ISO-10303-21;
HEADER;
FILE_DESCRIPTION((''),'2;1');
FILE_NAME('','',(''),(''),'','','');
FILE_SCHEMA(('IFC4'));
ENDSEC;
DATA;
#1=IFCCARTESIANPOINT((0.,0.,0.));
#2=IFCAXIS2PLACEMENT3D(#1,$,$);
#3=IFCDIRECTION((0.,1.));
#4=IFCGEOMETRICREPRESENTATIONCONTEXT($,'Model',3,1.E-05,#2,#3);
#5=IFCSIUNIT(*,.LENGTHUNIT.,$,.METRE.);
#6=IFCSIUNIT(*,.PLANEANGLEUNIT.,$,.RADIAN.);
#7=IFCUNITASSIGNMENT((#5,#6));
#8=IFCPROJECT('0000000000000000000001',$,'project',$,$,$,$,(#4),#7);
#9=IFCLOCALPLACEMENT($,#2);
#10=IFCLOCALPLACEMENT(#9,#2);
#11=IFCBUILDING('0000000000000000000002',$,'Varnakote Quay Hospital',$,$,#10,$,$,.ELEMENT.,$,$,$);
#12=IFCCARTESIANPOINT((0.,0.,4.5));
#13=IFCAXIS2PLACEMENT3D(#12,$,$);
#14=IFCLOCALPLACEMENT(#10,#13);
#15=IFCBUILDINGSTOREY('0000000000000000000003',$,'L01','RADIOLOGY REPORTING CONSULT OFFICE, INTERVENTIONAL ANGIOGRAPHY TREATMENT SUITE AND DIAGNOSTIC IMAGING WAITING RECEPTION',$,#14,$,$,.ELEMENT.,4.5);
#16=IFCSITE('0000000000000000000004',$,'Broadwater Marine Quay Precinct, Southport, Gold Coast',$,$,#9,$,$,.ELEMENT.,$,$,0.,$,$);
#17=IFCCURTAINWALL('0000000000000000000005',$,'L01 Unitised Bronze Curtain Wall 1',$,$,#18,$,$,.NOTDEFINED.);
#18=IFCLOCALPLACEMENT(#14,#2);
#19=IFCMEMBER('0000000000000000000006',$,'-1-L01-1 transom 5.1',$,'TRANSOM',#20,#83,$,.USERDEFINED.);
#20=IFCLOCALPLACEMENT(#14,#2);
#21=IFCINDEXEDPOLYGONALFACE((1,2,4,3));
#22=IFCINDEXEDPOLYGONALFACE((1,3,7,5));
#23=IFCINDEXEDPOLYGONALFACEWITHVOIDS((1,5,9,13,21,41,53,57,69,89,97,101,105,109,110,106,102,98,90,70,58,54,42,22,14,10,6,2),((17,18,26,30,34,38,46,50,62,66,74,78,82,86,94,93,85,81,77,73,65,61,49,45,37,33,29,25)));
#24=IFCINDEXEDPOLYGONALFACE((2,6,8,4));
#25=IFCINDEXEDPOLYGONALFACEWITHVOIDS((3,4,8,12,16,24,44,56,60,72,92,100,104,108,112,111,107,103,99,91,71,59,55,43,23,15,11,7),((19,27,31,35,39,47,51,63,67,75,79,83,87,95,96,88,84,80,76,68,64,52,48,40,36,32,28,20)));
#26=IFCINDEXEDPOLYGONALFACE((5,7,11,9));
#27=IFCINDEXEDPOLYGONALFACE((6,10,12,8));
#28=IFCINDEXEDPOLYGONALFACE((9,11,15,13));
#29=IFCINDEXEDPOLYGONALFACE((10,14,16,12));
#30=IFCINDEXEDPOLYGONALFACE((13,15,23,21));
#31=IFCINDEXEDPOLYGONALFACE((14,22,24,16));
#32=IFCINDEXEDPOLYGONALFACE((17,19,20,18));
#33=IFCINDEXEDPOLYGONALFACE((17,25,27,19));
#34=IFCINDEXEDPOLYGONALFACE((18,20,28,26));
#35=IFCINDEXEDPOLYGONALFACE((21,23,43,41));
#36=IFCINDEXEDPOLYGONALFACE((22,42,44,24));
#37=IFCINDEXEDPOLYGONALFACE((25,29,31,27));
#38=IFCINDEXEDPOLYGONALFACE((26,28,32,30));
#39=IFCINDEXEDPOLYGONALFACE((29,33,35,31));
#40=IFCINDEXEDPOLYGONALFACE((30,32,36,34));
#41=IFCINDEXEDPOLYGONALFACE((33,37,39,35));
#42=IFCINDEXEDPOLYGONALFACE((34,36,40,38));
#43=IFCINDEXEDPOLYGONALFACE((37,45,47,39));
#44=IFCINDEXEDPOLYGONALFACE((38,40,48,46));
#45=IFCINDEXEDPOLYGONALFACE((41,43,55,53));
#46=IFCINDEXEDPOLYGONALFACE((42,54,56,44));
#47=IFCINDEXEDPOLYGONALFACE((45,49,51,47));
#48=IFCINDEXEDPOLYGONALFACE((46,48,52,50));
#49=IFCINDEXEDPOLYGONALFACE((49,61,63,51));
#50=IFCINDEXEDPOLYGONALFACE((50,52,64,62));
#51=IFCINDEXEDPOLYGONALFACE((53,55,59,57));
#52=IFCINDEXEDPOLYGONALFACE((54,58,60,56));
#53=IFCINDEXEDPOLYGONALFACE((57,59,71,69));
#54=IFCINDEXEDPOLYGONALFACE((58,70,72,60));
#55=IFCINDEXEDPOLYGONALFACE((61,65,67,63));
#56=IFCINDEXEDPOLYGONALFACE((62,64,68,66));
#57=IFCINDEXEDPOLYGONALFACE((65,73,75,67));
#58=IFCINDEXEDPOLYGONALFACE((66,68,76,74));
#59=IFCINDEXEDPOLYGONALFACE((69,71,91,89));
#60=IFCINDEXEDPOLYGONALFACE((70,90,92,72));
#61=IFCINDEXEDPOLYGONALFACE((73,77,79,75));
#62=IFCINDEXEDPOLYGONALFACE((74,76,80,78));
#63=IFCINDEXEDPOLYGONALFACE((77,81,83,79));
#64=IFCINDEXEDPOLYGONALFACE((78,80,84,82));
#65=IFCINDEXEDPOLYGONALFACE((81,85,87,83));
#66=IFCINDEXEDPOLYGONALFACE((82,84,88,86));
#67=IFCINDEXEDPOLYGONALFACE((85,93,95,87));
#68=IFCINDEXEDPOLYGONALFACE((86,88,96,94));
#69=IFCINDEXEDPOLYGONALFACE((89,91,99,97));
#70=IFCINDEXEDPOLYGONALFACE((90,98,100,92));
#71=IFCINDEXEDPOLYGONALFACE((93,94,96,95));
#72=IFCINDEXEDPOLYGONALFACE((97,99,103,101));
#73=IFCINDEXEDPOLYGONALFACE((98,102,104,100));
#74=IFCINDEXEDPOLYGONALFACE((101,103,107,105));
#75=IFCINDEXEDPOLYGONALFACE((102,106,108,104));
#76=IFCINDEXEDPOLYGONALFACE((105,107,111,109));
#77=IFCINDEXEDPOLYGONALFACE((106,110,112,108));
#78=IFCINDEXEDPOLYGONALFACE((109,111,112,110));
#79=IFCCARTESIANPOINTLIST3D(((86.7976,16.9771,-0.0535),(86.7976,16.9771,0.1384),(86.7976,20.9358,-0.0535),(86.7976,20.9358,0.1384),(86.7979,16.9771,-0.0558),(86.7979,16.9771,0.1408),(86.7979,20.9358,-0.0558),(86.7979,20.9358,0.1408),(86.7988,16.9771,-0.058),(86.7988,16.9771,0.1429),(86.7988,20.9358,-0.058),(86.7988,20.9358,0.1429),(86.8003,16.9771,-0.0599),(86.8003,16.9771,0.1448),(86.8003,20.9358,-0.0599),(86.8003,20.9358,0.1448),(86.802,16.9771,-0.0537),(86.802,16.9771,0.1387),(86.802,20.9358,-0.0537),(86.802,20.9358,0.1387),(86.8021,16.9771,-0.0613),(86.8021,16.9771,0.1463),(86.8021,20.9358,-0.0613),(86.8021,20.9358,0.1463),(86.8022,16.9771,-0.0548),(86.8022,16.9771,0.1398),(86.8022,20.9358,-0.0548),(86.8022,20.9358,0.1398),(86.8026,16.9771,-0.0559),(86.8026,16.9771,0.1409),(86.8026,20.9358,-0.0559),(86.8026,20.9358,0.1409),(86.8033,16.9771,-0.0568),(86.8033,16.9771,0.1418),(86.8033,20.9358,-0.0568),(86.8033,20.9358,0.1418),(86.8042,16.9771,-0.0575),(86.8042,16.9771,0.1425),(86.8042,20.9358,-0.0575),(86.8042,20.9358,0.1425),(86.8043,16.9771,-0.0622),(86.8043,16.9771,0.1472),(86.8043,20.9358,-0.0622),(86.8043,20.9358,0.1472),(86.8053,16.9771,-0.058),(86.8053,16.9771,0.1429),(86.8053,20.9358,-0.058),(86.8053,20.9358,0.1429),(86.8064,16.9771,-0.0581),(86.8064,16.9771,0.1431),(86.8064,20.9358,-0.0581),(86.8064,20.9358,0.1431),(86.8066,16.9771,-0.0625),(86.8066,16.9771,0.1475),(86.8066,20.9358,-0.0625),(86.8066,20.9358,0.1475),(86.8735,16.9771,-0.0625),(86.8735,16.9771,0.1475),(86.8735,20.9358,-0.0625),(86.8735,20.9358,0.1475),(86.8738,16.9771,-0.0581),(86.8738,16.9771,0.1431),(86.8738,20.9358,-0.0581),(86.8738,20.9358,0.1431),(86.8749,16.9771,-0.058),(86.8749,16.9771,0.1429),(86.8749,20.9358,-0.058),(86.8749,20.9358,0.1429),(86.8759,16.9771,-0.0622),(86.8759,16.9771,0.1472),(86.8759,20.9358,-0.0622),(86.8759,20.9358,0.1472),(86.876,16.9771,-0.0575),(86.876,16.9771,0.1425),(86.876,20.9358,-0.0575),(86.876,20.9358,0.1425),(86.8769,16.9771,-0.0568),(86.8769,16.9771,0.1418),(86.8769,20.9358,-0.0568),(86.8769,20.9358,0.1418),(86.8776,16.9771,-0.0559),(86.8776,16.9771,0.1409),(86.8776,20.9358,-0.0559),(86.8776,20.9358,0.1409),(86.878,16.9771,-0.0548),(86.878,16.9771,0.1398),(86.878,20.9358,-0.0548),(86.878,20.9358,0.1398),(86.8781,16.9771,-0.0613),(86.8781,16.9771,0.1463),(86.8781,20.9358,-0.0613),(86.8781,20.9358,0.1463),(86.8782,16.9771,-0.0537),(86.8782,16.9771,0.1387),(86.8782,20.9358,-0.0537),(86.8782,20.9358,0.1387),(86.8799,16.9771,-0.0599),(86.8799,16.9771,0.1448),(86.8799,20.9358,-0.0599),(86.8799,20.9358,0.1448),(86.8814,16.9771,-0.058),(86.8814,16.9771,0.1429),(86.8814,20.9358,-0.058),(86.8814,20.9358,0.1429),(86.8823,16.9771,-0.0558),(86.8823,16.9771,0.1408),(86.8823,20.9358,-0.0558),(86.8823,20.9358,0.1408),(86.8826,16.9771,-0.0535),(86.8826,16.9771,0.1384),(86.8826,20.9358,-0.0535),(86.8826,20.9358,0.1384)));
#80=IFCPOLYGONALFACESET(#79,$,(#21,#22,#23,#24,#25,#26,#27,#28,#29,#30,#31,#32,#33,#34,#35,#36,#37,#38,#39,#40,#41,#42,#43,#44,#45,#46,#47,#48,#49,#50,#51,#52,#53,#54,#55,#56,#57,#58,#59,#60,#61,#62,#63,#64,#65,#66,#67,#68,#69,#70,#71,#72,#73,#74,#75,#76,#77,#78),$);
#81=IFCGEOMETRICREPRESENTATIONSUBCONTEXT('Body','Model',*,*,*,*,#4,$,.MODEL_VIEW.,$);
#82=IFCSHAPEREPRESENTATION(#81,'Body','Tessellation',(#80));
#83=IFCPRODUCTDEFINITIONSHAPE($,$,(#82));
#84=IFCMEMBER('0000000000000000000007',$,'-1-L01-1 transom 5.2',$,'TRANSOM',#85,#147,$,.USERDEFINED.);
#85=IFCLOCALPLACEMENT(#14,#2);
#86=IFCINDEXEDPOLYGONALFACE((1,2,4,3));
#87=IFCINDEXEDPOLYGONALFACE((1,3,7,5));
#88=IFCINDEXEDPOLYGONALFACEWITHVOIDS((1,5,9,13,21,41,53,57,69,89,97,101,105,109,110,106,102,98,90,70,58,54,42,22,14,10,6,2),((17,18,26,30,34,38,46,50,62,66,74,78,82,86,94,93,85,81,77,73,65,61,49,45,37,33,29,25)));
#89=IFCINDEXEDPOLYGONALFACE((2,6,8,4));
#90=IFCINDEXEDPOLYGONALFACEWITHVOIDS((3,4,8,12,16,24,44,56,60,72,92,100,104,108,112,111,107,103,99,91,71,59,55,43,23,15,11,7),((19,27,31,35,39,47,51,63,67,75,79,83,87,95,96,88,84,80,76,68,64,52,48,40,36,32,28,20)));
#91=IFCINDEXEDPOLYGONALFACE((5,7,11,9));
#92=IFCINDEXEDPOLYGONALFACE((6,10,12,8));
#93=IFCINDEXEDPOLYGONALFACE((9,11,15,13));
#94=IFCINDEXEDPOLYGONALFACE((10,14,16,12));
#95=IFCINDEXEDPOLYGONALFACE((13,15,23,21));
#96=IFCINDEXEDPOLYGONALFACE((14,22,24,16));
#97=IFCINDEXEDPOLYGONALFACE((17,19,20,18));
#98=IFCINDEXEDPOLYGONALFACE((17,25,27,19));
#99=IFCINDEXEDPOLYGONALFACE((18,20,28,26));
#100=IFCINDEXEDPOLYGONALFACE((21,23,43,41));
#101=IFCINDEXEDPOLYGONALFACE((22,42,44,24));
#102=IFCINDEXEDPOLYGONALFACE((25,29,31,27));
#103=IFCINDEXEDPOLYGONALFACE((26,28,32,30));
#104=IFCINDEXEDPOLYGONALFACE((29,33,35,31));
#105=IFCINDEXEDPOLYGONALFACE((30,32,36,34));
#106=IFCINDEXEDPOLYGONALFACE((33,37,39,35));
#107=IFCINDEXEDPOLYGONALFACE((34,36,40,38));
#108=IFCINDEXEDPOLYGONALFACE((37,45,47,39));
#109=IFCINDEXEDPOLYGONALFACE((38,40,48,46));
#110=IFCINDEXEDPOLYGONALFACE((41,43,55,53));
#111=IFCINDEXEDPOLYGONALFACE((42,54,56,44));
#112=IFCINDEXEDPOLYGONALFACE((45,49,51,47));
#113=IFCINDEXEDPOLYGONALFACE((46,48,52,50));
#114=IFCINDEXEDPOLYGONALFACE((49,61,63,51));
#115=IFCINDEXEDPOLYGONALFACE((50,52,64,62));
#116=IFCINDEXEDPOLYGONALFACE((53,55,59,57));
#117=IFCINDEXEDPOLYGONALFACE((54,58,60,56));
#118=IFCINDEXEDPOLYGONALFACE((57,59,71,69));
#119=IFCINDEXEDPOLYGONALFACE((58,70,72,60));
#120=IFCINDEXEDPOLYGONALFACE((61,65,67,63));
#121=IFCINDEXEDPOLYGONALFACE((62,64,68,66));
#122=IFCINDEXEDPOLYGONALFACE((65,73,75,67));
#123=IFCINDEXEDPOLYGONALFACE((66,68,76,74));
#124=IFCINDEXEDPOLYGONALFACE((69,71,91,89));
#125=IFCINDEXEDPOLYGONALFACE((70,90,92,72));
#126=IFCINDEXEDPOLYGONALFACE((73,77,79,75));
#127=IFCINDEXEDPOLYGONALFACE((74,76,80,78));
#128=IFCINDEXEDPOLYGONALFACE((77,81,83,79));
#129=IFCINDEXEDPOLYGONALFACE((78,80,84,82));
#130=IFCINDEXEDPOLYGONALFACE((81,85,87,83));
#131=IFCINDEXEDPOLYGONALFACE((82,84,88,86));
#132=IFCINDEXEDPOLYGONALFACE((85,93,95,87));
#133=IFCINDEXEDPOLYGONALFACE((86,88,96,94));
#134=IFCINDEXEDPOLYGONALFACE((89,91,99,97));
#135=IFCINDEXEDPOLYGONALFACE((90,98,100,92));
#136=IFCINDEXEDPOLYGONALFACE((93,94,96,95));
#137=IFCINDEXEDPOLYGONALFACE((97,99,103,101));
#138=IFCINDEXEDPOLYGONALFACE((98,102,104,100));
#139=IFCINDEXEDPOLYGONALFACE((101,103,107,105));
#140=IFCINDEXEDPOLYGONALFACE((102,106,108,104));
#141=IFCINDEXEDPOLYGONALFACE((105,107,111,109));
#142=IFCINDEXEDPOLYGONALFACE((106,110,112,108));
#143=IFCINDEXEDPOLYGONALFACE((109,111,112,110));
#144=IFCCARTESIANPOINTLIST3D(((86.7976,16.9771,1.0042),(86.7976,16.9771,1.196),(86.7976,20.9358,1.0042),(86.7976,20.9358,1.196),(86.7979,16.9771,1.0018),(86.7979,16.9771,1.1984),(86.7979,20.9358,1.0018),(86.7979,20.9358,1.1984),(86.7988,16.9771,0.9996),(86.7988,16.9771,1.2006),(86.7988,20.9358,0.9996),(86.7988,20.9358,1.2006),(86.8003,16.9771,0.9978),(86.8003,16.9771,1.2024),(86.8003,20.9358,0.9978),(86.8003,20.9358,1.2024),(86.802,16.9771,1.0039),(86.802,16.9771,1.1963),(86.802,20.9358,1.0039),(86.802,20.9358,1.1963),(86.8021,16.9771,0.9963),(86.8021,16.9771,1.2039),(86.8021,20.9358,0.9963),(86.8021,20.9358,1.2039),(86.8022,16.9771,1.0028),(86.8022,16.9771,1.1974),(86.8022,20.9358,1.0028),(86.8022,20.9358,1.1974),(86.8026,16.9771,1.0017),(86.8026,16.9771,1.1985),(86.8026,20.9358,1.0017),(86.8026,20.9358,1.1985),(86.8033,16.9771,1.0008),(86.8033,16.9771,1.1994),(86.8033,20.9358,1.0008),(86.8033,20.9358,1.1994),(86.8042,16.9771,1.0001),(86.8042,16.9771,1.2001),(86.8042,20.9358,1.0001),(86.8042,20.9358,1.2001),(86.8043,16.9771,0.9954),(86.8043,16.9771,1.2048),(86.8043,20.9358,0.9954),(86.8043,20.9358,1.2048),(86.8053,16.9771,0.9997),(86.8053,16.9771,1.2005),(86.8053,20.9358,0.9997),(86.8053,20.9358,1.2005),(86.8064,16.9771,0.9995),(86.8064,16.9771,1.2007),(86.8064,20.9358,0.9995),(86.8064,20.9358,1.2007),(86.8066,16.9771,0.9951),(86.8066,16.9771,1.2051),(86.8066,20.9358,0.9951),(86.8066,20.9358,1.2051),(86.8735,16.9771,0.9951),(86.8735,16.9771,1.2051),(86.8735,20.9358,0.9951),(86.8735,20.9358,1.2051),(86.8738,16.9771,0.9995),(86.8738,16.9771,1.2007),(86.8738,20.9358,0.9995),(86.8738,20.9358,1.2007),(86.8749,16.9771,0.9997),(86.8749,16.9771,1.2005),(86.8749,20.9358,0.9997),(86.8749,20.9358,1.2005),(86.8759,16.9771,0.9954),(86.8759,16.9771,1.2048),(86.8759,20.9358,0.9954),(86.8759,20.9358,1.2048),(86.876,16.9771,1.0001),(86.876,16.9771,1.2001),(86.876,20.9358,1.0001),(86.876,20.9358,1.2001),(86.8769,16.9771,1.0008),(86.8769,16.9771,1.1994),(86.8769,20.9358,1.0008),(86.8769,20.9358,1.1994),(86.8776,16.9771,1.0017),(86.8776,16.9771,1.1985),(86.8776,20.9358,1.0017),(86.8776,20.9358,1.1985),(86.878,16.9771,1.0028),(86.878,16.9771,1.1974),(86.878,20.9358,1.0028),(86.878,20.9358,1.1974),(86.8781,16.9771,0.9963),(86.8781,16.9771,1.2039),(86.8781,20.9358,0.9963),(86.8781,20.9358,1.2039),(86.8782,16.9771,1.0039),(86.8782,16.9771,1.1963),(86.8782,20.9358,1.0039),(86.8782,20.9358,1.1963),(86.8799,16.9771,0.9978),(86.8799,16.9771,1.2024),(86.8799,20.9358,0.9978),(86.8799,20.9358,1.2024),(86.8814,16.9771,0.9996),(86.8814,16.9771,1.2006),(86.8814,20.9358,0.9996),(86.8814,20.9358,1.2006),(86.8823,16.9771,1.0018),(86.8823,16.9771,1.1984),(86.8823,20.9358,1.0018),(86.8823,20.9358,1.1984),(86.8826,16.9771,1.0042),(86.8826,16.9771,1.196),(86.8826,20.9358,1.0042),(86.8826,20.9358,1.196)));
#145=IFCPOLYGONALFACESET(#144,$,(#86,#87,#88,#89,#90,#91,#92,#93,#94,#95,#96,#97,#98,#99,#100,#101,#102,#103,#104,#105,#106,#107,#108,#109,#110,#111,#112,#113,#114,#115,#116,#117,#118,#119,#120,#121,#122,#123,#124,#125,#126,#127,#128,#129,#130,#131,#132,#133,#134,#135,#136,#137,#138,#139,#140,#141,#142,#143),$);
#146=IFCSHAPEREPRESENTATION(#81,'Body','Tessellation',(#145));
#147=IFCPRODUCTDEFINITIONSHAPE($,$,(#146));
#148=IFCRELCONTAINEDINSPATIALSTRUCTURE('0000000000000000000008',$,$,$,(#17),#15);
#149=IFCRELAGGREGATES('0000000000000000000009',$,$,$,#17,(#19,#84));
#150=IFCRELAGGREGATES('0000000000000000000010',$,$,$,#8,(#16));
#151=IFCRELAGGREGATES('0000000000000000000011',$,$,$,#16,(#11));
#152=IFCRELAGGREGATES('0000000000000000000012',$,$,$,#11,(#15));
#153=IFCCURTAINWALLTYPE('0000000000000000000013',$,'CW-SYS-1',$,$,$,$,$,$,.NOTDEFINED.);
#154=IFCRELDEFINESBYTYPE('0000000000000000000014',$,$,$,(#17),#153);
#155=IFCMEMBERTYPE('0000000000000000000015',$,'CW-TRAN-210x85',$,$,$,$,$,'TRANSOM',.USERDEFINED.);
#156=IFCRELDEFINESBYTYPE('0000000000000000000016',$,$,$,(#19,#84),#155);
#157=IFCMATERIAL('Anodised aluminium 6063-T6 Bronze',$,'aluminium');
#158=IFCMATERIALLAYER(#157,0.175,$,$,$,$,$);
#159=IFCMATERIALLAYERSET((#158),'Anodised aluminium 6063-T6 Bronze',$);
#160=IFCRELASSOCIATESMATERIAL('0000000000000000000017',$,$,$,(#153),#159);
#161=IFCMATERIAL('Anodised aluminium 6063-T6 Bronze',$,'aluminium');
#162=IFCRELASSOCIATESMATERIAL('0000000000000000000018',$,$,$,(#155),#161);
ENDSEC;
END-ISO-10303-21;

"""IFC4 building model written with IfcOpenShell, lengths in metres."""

from ifc_helpers import new_model, si_unit, direction, frame, origin, origin_2d, place, context, subcontext, project, spatial, hollow_rectangle, extrude, material, layer, layer_set, material_profile, profile_set, type_object, element, aggregate, save


model = new_model("IFC4")

# Units and contexts
model_context = context("Model", 3, precision=1e-05, world=origin(), true_north=direction((0.0, 1.0)))
body_context = subcontext(model_context, "Body", "Model", "MODEL_VIEW")
ifc_project = project(units=[si_unit("LENGTHUNIT", "METRE"), si_unit("PLANEANGLEUNIT", "RADIAN")], contexts=[model_context])

# Site, building, storey
site_placement = place(None, origin())
site = spatial("IfcSite", under=ifc_project, at=site_placement, Name="Broadwater Marine Quay Precinct, Southport, Gold Coast", CompositionType="ELEMENT", RefElevation=0.0)
building_placement = place(site_placement, origin())
building = spatial("IfcBuilding", under=site, at=building_placement, Name="Varnakote Quay Hospital", CompositionType="ELEMENT")
storey_placement = place(building_placement, frame((0.0, 0.0, 4.5)))
storey = spatial("IfcBuildingStorey", under=building, at=storey_placement, Name="L01", Description="RADIOLOGY REPORTING CONSULT OFFICE, INTERVENTIONAL ANGIOGRAPHY TREATMENT SUITE AND DIAGNOSTIC IMAGING WAITING RECEPTION", CompositionType="ELEMENT", Elevation=4.5)

# Curtain wall, members
ifc_material_1 = material(Name="Anodised aluminium 6063-T6 Bronze", Category="aluminium")
ifc_layer_1 = layer(ifc_material_1, 0.175)
ifc_layer_set_1 = layer_set([ifc_layer_1], Name="Anodised aluminium 6063-T6 Bronze")
curtain_wall_type = type_object("IfcCurtainWallType", Name="CW-SYS-1", PredefinedType="NOTDEFINED", material=ifc_layer_set_1)
curtain_wall_placement = place(storey_placement, origin())
curtain_wall = element("IfcCurtainWall", 1, at=curtain_wall_placement, inside=storey, type_object=curtain_wall_type, Name="L01 Unitised Bronze Curtain Wall 1", PredefinedType="NOTDEFINED")
ifc_material_2 = material(Name="Anodised aluminium 6063-T6 Bronze", Category="aluminium")
ifc_material_profile_1 = material_profile(ifc_material_2, hollow_rectangle(XDim=0.085, YDim=0.21, WallThickness=0.0044, InnerFilletRadius=0.0044, OuterFilletRadius=0.009, at=origin_2d()), Name="CW-TRAN-210x85")
ifc_profile_set_1 = profile_set([ifc_material_profile_1], Name="Anodised aluminium 6063-T6 Bronze")
member_type_1 = type_object("IfcMemberType", Name="CW-TRAN-210x85", ElementType="TRANSOM", PredefinedType="USERDEFINED", material=ifc_profile_set_1)
member_1_placement = place(storey_placement, frame((86.8401, 16.9771, 0.0425), z_axis=(0.0, 1.0, 0.0), x_axis=(-1.0, 0.0, 0.0)))
member_1 = element("IfcMember", 2, at=member_1_placement, type_object=member_type_1, Name="-1-L01-1 transom 5.1", ObjectType="TRANSOM", PredefinedType="USERDEFINED", context=body_context, shape_type="SweptSolid", body=[
    extrude(hollow_rectangle(XDim=0.085, YDim=0.21, WallThickness=0.0044, InnerFilletRadius=0.0044, OuterFilletRadius=0.009, at=origin_2d()), origin(), (0.0, 0.0, 1.0), 3.9587),
])
member_2_placement = place(storey_placement, frame((86.8401, 16.9771, 1.1001), z_axis=(0.0, 1.0, 0.0), x_axis=(-1.0, 0.0, 0.0)))
member_2 = element("IfcMember", 3, at=member_2_placement, type_object=member_type_1, Name="-1-L01-1 transom 5.2", ObjectType="TRANSOM", PredefinedType="USERDEFINED", context=body_context, shape_type="SweptSolid", body=[
    extrude(hollow_rectangle(XDim=0.085, YDim=0.21, WallThickness=0.0044, InnerFilletRadius=0.0044, OuterFilletRadius=0.009, at=origin_2d()), origin(), (0.0, 0.0, 1.0), 3.9587),
])
aggregate(curtain_wall, [member_1, member_2])

save(model, "model.ifc")
